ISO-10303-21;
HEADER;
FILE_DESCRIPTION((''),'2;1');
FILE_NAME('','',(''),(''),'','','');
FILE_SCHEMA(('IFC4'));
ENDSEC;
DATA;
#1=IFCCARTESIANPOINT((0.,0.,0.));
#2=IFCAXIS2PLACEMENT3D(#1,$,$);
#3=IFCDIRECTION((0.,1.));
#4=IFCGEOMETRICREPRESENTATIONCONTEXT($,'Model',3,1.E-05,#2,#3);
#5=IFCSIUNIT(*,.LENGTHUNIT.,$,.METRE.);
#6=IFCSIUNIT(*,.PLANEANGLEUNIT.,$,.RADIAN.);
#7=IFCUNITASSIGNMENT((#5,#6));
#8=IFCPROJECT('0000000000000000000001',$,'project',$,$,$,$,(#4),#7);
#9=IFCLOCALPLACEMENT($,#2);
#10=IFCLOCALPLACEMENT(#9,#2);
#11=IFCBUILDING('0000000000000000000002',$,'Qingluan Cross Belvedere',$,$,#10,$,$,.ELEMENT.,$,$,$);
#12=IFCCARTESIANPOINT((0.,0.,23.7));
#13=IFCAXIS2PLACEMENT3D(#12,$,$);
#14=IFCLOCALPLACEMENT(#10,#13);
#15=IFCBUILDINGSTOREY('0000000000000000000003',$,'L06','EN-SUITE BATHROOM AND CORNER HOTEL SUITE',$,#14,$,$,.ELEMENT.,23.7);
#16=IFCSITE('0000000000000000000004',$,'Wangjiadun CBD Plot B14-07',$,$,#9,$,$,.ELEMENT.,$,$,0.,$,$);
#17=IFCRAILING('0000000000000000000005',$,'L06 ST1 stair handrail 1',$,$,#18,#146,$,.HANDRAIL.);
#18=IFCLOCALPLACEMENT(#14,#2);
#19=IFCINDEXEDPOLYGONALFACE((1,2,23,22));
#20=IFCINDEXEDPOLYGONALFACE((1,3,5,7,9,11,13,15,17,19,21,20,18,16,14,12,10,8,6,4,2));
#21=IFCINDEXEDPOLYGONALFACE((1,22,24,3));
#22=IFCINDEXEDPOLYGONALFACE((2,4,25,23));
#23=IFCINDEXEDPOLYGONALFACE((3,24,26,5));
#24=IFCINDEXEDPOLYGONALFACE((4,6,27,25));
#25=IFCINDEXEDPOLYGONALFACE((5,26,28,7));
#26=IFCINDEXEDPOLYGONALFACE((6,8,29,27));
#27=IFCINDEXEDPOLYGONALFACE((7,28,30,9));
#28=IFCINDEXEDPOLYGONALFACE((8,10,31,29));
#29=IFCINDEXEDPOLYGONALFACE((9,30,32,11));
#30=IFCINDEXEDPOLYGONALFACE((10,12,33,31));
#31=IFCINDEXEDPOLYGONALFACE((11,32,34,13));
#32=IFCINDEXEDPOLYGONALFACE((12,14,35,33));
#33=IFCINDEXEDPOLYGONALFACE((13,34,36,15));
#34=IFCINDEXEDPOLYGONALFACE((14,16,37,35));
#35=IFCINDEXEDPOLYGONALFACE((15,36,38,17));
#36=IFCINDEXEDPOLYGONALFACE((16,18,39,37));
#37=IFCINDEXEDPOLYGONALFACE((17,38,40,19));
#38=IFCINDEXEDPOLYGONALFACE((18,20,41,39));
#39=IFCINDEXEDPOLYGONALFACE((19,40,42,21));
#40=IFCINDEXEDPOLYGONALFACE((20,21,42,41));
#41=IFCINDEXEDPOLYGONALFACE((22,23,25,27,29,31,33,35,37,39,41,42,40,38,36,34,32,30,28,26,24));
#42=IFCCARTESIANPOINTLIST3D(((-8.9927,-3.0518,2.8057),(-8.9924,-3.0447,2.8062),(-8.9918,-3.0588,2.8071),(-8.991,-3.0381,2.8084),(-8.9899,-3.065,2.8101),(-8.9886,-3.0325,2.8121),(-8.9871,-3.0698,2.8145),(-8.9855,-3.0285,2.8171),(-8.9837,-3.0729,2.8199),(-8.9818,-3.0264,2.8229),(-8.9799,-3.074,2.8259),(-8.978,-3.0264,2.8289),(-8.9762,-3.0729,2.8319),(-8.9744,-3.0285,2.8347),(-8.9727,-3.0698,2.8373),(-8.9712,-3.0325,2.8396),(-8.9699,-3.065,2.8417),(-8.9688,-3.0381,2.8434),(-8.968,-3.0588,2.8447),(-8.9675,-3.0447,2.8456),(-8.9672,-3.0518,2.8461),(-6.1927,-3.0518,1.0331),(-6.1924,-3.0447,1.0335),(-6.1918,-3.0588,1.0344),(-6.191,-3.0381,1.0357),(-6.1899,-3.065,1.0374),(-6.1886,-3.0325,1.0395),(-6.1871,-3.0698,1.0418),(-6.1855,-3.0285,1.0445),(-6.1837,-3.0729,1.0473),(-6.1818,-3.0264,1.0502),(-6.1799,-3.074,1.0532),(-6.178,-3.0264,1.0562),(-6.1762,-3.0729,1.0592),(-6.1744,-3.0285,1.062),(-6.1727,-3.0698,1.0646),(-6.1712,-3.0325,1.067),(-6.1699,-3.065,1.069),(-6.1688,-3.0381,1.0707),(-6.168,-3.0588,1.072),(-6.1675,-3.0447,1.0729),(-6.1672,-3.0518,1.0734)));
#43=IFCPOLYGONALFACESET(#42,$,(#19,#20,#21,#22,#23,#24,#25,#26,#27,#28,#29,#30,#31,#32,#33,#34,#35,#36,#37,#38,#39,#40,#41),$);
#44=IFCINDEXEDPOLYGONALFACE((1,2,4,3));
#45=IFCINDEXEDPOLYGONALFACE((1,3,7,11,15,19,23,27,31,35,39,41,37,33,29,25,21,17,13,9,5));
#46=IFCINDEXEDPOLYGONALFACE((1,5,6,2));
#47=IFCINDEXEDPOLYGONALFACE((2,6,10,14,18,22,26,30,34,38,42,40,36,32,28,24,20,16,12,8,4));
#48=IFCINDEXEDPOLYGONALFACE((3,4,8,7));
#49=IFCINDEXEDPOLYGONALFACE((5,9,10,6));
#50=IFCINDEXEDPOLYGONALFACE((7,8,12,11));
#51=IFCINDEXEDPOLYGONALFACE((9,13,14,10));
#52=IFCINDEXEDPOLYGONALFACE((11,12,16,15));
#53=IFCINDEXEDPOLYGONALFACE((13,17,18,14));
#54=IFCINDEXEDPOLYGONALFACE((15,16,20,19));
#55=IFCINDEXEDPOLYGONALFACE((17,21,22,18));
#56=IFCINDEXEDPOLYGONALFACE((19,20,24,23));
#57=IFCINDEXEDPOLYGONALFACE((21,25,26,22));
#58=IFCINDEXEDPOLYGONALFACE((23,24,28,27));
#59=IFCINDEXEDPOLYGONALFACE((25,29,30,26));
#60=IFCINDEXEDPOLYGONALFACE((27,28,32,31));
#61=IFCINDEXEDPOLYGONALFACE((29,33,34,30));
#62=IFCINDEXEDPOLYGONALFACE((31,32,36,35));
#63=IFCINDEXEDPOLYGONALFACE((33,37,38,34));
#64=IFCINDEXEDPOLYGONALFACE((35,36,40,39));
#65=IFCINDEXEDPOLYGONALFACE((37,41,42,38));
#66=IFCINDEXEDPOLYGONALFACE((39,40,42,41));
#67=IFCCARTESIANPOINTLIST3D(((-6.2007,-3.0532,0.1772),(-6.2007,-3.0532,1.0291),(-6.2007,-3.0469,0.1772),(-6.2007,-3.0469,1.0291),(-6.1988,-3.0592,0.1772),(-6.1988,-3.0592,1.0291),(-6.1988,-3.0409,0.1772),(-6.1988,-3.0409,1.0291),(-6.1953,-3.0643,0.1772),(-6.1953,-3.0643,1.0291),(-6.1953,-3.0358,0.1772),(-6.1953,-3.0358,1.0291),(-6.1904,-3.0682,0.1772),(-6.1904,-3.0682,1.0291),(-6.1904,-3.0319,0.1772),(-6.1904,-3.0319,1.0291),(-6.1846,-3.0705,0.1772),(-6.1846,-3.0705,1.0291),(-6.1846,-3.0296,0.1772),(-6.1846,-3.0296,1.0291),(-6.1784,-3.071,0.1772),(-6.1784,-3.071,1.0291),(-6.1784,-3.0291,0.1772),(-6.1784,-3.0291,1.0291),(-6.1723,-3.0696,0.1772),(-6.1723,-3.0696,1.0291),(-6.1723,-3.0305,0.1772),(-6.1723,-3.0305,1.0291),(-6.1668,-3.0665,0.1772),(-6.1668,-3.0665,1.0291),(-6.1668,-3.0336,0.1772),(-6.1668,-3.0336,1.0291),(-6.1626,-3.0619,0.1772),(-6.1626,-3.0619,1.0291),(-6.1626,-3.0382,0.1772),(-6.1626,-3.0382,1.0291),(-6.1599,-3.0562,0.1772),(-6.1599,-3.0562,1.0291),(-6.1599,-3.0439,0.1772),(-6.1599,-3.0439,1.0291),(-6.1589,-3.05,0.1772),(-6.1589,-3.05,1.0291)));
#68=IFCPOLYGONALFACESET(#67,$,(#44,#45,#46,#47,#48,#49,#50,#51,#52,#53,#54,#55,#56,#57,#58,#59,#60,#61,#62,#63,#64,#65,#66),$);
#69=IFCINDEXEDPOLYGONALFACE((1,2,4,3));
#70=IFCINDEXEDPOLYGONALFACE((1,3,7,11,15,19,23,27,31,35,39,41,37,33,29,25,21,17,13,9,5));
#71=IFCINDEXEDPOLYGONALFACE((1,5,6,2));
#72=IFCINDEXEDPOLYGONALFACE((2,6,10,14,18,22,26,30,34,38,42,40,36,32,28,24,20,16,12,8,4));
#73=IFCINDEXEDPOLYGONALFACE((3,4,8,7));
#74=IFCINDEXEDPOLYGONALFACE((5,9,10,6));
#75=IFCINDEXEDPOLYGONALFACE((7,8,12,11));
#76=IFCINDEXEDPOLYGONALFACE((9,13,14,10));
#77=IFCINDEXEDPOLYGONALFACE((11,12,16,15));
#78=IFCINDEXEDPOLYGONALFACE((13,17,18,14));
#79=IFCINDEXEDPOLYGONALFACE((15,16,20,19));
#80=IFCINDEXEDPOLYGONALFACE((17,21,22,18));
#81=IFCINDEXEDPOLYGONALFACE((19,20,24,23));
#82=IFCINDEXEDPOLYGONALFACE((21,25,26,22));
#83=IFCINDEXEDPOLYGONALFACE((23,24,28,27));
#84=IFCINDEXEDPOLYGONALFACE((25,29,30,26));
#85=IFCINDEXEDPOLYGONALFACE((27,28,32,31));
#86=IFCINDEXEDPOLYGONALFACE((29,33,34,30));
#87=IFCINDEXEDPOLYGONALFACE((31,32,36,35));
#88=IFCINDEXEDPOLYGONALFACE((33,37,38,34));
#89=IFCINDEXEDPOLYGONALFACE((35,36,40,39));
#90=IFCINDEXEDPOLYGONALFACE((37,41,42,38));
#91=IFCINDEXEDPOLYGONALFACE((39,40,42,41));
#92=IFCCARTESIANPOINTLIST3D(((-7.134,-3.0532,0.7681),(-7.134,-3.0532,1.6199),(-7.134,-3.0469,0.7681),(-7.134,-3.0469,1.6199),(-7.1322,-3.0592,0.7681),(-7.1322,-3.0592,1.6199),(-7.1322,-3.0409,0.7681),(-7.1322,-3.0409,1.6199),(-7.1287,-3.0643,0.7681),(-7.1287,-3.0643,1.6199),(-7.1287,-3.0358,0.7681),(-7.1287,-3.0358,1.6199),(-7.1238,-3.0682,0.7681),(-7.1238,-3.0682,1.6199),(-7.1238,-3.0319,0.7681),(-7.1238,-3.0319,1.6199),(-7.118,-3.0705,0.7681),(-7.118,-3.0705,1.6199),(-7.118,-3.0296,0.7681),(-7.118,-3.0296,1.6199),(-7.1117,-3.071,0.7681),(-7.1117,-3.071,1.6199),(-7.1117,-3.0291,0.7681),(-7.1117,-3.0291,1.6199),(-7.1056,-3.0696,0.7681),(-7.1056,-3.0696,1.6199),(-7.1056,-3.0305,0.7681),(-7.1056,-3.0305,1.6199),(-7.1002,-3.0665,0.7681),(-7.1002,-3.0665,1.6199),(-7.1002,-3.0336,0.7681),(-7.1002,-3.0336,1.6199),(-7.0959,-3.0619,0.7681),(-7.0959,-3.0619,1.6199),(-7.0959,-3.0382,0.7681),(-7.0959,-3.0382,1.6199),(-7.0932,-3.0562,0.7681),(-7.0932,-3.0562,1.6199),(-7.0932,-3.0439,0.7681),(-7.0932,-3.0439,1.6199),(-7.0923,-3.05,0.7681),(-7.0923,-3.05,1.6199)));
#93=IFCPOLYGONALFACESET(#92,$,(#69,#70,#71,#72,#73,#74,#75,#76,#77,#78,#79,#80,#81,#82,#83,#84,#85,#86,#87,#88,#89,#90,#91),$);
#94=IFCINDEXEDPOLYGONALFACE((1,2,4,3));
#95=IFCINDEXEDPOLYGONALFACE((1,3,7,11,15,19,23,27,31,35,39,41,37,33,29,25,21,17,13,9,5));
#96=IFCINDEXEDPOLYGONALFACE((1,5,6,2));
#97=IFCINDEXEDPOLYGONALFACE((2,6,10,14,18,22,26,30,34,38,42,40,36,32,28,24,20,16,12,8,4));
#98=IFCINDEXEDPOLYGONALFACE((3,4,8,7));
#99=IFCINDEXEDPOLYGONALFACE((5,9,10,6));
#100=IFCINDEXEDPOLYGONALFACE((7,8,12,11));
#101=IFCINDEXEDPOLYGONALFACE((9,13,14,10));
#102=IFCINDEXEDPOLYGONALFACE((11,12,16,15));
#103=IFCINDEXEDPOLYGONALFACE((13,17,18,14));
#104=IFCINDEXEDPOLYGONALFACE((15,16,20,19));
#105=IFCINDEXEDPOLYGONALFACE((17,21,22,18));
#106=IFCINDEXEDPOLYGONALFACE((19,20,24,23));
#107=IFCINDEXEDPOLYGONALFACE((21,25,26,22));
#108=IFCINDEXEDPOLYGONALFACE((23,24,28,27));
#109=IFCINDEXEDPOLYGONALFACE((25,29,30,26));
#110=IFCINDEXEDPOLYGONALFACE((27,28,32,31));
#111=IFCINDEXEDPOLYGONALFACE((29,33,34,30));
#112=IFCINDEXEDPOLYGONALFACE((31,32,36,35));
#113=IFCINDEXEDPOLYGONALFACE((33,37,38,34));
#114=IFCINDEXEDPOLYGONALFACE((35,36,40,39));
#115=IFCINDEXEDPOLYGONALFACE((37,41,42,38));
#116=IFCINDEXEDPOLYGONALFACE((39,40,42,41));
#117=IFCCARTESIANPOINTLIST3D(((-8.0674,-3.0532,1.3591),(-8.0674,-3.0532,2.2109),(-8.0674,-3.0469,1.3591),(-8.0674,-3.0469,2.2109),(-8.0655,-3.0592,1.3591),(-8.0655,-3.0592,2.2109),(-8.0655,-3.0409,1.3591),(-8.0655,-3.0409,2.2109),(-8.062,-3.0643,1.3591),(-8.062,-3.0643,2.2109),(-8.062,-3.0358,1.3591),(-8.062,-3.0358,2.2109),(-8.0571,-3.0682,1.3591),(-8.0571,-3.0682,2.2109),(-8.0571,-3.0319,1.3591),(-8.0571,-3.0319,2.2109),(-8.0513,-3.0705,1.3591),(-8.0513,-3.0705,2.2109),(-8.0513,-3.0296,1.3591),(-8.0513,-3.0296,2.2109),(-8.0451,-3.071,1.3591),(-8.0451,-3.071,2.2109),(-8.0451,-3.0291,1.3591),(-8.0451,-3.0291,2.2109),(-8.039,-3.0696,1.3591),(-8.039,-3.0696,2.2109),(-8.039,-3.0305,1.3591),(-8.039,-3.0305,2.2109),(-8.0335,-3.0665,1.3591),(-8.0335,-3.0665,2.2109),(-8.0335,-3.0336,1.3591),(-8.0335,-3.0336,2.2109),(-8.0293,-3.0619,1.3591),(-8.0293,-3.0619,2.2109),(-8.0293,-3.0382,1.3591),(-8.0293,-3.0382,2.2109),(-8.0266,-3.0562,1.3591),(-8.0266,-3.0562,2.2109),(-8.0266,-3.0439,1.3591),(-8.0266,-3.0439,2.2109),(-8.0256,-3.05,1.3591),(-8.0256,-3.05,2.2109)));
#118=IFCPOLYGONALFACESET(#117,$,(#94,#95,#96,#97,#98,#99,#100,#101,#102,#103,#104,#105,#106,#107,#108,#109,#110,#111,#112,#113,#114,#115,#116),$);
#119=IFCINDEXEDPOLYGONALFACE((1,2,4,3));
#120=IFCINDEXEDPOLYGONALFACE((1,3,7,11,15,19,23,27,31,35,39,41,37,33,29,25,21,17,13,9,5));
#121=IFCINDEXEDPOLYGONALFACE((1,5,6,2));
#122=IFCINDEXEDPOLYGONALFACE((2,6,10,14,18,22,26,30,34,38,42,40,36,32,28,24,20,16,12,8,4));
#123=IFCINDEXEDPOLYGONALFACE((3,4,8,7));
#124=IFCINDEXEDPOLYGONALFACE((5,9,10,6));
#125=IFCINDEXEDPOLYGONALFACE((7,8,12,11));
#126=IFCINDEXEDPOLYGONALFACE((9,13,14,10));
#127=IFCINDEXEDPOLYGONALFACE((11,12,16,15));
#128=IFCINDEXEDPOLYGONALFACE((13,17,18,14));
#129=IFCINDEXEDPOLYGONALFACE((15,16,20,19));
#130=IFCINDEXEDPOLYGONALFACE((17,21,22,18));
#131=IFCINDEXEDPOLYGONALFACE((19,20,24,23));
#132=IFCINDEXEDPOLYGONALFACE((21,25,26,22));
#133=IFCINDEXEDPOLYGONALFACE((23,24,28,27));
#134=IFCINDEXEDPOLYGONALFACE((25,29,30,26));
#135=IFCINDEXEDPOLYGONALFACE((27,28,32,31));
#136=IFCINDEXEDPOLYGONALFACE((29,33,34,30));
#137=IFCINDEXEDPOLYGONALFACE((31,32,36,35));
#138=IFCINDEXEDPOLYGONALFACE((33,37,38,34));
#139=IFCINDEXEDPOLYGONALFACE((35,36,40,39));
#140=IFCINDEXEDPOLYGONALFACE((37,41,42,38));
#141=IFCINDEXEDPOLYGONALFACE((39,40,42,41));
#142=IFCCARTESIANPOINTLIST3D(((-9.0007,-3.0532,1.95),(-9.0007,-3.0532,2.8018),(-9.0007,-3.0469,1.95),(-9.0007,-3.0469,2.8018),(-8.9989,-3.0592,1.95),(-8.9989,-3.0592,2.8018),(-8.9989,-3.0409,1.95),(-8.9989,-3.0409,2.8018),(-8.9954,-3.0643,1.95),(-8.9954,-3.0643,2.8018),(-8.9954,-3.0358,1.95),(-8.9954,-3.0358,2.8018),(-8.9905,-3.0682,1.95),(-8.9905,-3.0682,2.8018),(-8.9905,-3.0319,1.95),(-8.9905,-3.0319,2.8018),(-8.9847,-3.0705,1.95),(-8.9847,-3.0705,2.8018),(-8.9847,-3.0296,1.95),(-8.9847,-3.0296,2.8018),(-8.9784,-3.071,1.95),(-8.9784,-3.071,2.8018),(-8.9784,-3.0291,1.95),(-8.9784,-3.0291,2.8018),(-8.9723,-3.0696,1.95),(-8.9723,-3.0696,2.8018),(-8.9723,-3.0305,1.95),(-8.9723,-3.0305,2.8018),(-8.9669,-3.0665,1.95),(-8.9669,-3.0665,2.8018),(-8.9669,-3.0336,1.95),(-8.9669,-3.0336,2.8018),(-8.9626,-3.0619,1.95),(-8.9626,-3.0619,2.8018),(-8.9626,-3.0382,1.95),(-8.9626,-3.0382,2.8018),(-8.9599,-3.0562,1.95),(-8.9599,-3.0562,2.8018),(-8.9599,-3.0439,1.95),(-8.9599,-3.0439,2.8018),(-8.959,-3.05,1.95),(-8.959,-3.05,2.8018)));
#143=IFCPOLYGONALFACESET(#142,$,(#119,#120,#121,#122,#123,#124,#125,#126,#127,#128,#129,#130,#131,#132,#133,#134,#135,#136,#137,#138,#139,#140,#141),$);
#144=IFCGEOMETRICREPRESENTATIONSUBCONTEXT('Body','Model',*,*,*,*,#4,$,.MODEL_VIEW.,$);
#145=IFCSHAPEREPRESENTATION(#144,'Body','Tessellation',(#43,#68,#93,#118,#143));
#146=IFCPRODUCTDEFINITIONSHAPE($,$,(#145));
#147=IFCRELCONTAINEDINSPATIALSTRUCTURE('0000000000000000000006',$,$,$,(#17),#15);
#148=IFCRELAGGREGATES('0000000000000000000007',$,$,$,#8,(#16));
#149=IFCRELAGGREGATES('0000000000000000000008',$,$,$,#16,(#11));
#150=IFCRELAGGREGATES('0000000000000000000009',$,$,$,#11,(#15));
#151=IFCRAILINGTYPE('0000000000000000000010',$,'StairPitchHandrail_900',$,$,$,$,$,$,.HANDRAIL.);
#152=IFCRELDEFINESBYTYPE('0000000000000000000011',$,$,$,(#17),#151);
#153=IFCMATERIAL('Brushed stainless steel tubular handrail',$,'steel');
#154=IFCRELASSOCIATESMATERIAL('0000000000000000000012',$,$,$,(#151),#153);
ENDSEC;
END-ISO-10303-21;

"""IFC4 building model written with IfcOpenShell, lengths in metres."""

from ifc_helpers import new_model, si_unit, direction, frame, origin, origin_2d, place, context, subcontext, project, spatial, circle, extrude, material, type_object, element, save


model = new_model("IFC4")

# Units and contexts
model_context = context("Model", 3, precision=1e-05, world=origin(), true_north=direction((0.0, 1.0)))
body_context = subcontext(model_context, "Body", "Model", "MODEL_VIEW")
ifc_project = project(units=[si_unit("LENGTHUNIT", "METRE"), si_unit("PLANEANGLEUNIT", "RADIAN")], contexts=[model_context])

# Site, building, storey
site_placement = place(None, origin())
site = spatial("IfcSite", under=ifc_project, at=site_placement, Name="Wangjiadun CBD Plot B14-07", CompositionType="ELEMENT", RefElevation=0.0)
building_placement = place(site_placement, origin())
building = spatial("IfcBuilding", under=site, at=building_placement, Name="Qingluan Cross Belvedere", CompositionType="ELEMENT")
storey_placement = place(building_placement, frame((0.0, 0.0, 23.7)))
storey = spatial("IfcBuildingStorey", under=building, at=storey_placement, Name="L06", Description="EN-SUITE BATHROOM AND CORNER HOTEL SUITE", CompositionType="ELEMENT", Elevation=23.7)

# Railing
ifc_material_1 = material(Name="Brushed stainless steel tubular handrail", Category="steel")
railing_type_1 = type_object("IfcRailingType", Name="StairPitchHandrail_900", PredefinedType="HANDRAIL", material=ifc_material_1)
railing_1_placement = place(storey_placement, frame((-6.1799, -3.05, 0.1772)))
element("IfcRailing", 1, at=railing_1_placement, inside=storey, type_object=railing_type_1, Name="L06 ST1 stair handrail 1", PredefinedType="HANDRAIL", context=body_context, shape_type="SweptSolid", body=[
    extrude(circle(Radius=0.0239, at=origin_2d()), frame((0.0, 0.0, 0.876), z_axis=(-0.844909, 0.0, 0.53491), x_axis=(0.0, -1.0, 0.0)), (0.0, 0.0, 1.0), 3.314),
    extrude(circle(Radius=0.021, at=origin_2d()), origin(), (0.0, 0.0, 1.0), 0.8518),
    extrude(circle(Radius=0.021, at=origin_2d()), frame((-0.9333, 0.0, 0.5908)), (0.0, 0.0, 1.0), 0.8518),
    extrude(circle(Radius=0.021, at=origin_2d()), frame((-1.8667, 0.0, 1.1819)), (0.0, 0.0, 1.0), 0.8518),
    extrude(circle(Radius=0.021, at=origin_2d()), frame((-2.8, 0.0, 1.7727)), (0.0, 0.0, 1.0), 0.8518),
])

save(model, "model.ifc")
